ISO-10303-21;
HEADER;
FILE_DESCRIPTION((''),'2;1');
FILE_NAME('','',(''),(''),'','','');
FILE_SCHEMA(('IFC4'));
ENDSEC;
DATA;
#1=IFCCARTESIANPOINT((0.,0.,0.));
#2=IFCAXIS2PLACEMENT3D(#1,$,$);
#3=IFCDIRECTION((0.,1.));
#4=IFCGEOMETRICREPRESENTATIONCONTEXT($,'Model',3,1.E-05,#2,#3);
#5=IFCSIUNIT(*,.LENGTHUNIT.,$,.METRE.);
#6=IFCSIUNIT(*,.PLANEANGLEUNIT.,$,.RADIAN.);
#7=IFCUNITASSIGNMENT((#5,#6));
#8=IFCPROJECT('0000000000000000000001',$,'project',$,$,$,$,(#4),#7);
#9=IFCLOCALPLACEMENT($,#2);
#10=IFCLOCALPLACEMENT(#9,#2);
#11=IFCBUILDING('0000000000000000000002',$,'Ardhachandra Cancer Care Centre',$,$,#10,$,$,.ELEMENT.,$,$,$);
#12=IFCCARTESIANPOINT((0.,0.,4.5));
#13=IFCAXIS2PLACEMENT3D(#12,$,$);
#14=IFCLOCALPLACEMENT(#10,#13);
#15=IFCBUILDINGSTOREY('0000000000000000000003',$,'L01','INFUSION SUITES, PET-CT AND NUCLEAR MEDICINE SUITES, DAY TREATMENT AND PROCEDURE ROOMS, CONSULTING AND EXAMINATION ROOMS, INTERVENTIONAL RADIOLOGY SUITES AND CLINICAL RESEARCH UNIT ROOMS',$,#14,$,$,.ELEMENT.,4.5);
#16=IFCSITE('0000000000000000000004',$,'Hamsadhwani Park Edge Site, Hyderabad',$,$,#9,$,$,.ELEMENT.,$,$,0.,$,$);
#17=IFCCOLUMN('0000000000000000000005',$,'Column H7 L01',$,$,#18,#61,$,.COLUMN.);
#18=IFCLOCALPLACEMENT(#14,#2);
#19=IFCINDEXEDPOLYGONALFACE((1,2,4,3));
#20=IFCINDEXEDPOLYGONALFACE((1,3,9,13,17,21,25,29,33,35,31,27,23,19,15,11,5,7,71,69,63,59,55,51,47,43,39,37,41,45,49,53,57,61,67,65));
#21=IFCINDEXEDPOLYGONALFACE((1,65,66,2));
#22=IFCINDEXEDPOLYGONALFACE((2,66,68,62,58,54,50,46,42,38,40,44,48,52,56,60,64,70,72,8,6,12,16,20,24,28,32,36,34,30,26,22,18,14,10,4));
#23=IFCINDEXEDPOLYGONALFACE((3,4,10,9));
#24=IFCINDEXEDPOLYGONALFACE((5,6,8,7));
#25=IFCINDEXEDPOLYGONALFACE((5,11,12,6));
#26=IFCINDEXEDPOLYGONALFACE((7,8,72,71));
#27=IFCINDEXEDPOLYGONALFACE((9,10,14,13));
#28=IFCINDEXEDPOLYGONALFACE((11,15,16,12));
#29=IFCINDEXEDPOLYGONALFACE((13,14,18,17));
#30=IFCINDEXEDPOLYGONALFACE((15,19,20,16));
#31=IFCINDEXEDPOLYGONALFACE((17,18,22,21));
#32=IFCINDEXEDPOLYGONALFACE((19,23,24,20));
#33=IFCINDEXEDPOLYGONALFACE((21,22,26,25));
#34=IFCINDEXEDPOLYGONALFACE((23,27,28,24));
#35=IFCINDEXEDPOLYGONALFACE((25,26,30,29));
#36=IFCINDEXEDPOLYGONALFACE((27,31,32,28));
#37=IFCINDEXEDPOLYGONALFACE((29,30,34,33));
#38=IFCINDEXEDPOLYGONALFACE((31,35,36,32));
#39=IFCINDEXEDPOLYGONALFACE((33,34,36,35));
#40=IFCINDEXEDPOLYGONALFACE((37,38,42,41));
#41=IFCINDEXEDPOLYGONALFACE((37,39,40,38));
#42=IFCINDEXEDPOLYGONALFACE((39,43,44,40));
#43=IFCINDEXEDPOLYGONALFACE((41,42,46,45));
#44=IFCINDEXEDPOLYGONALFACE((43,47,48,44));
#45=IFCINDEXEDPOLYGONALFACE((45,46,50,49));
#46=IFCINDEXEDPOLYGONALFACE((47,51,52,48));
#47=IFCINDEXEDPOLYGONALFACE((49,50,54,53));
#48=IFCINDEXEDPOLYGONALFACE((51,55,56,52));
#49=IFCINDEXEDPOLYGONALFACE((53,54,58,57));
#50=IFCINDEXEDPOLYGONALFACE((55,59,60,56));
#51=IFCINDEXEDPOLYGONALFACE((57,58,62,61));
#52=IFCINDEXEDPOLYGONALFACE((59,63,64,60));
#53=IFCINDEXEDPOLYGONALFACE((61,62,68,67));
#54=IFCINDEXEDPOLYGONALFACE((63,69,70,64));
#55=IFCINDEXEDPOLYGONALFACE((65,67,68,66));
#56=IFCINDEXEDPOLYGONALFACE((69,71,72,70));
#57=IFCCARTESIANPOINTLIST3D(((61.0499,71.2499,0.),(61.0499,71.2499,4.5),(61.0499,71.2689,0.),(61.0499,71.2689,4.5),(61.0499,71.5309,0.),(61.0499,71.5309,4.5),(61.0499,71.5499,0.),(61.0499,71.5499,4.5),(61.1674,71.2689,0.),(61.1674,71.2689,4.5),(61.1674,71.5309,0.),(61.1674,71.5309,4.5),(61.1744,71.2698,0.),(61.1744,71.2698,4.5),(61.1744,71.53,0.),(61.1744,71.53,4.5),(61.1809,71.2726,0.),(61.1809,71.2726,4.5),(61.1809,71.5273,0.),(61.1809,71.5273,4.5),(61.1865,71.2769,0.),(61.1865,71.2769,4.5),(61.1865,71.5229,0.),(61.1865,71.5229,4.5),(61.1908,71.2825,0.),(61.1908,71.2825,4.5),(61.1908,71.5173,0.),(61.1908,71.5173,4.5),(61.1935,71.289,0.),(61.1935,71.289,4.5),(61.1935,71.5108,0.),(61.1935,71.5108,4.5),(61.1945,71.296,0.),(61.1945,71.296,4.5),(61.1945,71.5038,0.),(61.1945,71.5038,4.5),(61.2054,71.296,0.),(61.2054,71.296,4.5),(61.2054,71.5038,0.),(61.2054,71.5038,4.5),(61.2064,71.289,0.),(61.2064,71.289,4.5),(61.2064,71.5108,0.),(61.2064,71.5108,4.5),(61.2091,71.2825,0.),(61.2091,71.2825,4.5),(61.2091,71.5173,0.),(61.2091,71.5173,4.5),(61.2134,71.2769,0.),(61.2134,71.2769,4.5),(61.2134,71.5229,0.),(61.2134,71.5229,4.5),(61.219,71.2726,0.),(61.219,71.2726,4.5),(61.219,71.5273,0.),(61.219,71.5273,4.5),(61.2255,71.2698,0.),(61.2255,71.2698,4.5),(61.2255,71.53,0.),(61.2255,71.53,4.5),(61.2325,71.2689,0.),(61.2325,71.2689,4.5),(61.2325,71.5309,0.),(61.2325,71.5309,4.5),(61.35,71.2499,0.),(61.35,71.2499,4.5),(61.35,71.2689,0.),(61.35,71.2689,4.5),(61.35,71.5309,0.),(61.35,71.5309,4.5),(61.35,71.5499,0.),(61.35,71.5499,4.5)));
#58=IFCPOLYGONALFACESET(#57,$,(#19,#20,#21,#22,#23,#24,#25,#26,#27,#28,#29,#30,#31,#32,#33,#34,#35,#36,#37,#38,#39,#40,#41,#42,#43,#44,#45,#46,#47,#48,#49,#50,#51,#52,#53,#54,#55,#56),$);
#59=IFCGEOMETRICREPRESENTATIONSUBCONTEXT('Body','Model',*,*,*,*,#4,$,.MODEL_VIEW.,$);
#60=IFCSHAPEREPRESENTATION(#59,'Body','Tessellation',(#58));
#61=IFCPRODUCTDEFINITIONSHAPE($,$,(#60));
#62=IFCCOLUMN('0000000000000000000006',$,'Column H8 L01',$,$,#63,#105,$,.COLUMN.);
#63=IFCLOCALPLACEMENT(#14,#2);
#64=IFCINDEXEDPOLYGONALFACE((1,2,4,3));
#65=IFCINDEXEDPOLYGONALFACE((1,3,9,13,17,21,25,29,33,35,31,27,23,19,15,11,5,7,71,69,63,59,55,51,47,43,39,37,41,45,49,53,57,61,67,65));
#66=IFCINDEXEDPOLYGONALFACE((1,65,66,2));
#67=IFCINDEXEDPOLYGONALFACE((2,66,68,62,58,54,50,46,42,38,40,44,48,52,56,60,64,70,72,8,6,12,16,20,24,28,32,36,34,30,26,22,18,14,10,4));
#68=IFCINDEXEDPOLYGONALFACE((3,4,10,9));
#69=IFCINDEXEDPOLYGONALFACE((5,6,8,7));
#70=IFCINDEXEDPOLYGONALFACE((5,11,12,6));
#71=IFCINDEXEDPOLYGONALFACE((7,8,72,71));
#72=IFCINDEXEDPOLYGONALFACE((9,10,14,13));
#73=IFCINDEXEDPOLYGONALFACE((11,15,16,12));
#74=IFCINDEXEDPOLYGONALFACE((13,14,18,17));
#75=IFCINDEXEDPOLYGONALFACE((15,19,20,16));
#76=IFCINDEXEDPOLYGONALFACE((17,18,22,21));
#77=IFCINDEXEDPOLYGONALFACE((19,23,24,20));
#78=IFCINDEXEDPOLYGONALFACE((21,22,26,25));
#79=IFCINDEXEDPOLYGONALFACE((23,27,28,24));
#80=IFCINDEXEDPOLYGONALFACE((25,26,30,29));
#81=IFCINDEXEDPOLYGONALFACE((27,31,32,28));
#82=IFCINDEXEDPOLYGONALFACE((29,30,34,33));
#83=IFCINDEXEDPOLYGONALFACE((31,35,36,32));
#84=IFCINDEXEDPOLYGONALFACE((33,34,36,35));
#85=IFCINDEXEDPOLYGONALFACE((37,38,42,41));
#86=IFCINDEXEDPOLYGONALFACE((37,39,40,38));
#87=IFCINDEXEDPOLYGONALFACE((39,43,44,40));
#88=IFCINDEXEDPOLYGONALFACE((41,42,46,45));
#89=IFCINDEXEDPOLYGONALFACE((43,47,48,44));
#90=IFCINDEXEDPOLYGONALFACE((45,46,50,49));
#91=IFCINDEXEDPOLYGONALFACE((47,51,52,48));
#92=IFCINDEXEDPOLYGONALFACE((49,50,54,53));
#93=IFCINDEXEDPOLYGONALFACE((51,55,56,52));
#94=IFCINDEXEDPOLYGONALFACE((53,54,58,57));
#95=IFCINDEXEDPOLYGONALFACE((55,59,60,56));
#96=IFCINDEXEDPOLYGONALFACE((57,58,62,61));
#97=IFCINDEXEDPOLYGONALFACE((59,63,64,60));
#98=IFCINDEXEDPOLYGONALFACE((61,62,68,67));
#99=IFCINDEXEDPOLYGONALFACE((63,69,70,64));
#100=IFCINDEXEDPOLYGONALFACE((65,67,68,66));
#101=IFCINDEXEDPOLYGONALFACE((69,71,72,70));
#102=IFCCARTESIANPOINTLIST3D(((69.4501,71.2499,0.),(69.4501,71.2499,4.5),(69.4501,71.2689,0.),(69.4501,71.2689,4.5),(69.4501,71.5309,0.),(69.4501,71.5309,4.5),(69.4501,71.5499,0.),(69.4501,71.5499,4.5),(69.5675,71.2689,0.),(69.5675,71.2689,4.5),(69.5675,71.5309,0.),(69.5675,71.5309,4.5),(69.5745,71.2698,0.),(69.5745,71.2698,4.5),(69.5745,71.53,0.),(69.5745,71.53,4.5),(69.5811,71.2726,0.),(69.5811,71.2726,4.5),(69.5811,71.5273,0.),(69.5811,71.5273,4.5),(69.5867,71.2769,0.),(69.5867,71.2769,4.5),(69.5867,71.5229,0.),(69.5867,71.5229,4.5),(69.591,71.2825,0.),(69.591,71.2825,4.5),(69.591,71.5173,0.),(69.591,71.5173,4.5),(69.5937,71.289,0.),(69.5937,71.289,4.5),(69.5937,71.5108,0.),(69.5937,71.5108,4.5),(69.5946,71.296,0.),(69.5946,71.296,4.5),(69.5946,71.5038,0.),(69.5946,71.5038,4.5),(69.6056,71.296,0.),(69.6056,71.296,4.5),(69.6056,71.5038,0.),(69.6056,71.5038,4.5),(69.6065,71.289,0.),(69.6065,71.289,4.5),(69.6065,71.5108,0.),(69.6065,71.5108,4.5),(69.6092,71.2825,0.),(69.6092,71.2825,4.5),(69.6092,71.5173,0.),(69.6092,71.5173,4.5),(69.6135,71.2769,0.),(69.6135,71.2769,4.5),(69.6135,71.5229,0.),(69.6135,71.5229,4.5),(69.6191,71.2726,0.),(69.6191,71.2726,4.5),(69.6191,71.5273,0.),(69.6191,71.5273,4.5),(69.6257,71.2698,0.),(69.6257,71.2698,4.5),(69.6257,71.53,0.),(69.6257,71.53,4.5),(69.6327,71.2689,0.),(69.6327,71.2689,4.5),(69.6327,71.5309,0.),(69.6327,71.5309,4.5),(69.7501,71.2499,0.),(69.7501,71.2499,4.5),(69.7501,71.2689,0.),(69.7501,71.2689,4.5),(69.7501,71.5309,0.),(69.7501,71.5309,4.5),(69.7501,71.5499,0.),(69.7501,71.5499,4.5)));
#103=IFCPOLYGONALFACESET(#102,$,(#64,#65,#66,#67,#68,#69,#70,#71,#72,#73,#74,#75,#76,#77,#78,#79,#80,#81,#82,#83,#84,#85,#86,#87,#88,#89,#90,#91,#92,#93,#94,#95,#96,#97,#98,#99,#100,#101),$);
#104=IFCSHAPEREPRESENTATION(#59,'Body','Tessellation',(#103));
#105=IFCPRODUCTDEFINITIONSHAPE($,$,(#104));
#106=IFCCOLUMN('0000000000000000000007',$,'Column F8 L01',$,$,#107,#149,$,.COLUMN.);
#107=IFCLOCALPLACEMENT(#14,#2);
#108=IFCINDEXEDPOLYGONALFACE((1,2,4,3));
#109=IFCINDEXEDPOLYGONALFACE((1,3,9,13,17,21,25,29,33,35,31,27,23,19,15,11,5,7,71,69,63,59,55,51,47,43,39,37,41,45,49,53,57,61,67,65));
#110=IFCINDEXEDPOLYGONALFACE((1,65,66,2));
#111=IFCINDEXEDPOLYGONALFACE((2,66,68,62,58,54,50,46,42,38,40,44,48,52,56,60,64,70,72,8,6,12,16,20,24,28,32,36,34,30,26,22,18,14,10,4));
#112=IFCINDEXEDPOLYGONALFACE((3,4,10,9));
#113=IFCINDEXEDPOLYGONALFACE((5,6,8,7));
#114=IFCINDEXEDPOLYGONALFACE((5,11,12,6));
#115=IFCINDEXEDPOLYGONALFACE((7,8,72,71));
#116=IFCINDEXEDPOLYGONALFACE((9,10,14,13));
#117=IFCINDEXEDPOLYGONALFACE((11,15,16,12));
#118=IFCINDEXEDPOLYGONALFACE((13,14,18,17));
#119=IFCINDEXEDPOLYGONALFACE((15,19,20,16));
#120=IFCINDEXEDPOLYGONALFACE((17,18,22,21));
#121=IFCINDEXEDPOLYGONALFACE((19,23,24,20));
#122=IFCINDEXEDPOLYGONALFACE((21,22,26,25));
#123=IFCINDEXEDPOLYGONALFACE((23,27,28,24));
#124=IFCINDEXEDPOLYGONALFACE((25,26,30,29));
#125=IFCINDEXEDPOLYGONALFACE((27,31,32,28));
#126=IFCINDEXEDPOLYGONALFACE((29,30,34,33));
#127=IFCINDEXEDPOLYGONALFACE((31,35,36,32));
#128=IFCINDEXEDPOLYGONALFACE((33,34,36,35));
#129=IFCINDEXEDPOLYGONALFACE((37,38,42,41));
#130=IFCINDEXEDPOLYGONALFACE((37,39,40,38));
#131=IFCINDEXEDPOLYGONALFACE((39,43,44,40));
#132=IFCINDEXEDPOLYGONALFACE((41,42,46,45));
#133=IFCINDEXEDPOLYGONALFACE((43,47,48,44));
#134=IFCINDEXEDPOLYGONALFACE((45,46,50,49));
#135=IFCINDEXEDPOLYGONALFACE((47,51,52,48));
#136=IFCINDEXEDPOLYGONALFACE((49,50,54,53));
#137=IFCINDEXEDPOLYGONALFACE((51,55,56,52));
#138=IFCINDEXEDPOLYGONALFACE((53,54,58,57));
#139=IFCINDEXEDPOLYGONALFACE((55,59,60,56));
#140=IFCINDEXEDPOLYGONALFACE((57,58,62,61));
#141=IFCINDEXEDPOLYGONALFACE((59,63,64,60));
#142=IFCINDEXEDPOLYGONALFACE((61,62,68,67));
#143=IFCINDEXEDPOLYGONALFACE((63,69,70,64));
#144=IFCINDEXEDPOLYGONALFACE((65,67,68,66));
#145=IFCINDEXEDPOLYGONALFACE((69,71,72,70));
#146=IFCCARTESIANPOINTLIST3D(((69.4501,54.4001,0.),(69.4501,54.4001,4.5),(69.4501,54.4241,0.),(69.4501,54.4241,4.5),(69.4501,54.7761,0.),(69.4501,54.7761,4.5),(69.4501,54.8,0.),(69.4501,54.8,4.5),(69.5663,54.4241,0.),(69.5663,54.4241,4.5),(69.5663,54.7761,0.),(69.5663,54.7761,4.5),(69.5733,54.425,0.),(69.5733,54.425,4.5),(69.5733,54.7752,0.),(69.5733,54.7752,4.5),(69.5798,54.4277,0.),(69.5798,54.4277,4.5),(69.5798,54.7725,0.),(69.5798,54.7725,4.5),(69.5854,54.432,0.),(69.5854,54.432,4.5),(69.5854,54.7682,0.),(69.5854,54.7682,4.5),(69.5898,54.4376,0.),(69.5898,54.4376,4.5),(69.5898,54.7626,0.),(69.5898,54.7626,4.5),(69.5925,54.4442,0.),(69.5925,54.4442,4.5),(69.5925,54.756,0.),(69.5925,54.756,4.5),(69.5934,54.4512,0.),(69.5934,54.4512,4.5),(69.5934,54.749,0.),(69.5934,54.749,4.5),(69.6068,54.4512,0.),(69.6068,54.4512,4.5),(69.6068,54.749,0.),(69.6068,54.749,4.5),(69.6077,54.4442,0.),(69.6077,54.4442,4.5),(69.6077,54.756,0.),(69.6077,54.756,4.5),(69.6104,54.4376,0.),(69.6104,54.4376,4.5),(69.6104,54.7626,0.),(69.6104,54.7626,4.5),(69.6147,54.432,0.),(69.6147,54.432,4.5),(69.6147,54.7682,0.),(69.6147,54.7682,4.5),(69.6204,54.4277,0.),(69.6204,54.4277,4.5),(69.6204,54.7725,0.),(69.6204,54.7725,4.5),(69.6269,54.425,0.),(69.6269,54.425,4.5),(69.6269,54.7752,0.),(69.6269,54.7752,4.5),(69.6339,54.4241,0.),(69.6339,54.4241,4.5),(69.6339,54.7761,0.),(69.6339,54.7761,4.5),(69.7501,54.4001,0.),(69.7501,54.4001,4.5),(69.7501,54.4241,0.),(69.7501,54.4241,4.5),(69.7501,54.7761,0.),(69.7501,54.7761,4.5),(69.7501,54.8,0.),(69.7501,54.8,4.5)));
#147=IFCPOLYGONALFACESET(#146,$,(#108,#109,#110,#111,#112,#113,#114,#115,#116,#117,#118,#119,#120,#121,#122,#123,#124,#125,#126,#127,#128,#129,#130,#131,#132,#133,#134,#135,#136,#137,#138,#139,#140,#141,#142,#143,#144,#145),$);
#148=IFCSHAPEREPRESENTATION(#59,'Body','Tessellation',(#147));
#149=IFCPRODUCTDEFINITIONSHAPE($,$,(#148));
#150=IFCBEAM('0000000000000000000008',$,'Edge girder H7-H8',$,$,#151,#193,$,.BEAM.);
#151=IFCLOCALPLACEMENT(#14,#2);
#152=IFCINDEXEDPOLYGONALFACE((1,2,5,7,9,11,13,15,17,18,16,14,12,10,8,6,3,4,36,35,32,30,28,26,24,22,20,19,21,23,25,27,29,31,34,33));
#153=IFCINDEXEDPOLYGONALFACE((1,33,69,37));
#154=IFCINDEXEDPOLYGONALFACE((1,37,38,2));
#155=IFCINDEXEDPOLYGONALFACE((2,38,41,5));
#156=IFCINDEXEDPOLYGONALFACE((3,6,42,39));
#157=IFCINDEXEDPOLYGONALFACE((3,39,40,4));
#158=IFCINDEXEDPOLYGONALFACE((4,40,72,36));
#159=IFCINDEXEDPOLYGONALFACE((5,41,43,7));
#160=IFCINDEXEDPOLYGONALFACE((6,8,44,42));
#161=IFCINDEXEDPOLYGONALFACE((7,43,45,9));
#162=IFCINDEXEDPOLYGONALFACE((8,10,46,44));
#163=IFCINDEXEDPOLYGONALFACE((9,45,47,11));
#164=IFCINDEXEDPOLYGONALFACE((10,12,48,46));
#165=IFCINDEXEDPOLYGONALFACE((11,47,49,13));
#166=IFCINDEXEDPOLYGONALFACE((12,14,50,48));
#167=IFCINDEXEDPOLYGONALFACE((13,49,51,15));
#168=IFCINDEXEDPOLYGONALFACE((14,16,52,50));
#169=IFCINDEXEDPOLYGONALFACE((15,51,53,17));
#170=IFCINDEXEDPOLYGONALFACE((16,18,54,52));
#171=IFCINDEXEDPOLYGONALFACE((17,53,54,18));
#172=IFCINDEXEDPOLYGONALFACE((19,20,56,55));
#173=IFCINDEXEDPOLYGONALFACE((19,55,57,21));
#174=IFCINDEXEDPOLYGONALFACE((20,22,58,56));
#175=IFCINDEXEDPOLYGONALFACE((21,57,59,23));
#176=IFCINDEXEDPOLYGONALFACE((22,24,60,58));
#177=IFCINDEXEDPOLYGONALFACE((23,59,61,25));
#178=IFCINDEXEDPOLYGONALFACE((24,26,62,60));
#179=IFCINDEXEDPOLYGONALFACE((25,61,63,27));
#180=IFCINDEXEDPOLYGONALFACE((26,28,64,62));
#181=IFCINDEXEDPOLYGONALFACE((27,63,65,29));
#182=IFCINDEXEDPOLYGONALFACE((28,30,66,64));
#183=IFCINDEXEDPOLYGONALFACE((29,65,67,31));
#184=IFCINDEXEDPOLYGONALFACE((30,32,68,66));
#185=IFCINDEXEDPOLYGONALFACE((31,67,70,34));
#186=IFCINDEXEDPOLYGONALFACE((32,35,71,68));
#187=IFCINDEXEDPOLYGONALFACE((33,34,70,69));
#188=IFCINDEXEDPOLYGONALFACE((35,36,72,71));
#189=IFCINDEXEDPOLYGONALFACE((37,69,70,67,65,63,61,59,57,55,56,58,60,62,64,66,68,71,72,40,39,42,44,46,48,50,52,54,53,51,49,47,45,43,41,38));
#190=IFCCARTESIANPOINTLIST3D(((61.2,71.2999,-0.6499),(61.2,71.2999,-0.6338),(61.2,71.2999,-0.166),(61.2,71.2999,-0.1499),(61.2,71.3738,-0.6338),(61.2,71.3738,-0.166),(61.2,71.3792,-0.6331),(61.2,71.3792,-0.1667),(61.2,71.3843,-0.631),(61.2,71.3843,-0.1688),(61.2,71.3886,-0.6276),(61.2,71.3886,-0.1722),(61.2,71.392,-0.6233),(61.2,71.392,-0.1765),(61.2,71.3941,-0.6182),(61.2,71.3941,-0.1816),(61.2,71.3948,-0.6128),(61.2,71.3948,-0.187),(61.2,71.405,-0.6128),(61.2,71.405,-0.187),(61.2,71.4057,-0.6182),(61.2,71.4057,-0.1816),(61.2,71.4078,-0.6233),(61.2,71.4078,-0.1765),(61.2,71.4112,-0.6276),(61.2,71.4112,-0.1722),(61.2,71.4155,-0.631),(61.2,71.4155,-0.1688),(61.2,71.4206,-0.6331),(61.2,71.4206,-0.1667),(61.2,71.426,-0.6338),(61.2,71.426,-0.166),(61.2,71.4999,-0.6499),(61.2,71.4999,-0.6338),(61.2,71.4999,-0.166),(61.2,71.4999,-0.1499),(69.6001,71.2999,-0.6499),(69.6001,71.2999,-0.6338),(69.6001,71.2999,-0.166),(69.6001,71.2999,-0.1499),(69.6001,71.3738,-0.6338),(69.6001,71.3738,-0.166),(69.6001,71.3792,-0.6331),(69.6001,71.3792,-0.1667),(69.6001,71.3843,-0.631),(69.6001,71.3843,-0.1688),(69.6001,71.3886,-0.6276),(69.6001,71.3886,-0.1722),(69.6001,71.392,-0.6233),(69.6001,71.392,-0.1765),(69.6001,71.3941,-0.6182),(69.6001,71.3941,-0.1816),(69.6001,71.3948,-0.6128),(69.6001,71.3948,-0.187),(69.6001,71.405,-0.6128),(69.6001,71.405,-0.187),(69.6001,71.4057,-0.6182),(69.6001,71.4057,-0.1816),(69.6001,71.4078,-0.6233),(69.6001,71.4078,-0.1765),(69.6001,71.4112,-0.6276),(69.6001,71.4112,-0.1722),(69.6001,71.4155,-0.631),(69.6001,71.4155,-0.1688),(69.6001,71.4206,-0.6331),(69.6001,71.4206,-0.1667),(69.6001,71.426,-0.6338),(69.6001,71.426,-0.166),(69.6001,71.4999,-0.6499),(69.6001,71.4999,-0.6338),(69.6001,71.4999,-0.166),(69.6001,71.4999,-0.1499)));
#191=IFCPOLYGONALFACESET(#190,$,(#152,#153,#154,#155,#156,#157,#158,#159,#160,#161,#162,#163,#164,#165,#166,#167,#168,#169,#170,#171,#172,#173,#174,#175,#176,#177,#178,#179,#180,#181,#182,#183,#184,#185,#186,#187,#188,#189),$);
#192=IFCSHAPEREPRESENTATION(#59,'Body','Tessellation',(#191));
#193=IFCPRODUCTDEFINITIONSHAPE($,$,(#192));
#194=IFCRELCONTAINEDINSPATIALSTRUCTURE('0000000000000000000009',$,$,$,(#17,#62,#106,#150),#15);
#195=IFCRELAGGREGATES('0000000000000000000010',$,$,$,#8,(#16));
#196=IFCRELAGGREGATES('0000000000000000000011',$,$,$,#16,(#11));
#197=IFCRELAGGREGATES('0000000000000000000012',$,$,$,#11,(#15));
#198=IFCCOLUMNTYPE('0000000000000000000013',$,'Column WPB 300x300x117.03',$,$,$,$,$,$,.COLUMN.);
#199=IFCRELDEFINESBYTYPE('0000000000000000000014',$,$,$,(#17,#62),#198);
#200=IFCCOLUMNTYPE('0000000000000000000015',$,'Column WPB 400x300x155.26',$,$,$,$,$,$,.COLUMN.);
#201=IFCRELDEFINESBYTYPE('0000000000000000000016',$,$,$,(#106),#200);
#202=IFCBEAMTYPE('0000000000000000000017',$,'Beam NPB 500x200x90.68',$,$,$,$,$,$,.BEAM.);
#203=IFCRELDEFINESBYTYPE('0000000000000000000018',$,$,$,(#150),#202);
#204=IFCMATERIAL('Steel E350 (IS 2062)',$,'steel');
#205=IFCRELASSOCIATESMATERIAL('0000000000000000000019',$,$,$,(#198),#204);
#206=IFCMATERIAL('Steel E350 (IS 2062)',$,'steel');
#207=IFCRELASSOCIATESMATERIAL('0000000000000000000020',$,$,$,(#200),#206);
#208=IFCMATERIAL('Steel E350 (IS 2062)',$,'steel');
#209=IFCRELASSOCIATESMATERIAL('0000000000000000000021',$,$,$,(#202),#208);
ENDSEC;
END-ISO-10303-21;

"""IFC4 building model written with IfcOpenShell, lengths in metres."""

from ifc_helpers import new_model, si_unit, direction, frame, origin, origin_2d, place, context, subcontext, project, spatial, i_section, extrude, material, material_profile, profile_set, type_object, element, save


model = new_model("IFC4")

# Units and contexts
model_context = context("Model", 3, precision=1e-05, world=origin(), true_north=direction((0.0, 1.0)))
body_context = subcontext(model_context, "Body", "Model", "MODEL_VIEW")
ifc_project = project(units=[si_unit("LENGTHUNIT", "METRE"), si_unit("PLANEANGLEUNIT", "RADIAN")], contexts=[model_context])

# Site, building, storey
site_placement = place(None, origin())
site = spatial("IfcSite", under=ifc_project, at=site_placement, Name="Hamsadhwani Park Edge Site, Hyderabad", CompositionType="ELEMENT", RefElevation=0.0)
building_placement = place(site_placement, origin())
building = spatial("IfcBuilding", under=site, at=building_placement, Name="Ardhachandra Cancer Care Centre", CompositionType="ELEMENT")
storey_placement = place(building_placement, frame((0.0, 0.0, 4.5)))
storey = spatial("IfcBuildingStorey", under=building, at=storey_placement, Name="L01", Description="INFUSION SUITES, PET-CT AND NUCLEAR MEDICINE SUITES, DAY TREATMENT AND PROCEDURE ROOMS, CONSULTING AND EXAMINATION ROOMS, INTERVENTIONAL RADIOLOGY SUITES AND CLINICAL RESEARCH UNIT ROOMS", CompositionType="ELEMENT", Elevation=4.5)

# Columns
ifc_material_1 = material(Name="Steel E350 (IS 2062)", Category="steel")
ifc_material_profile_1 = material_profile(ifc_material_1, i_section(OverallWidth=0.3, OverallDepth=0.3, WebThickness=0.011, FlangeThickness=0.019, FilletRadius=0.0271, at=origin_2d()), Name="WPB 300x300x117.03")
ifc_profile_set_1 = profile_set([ifc_material_profile_1], Name="Steel E350 (IS 2062)")
column_type_1 = type_object("IfcColumnType", Name="Column WPB 300x300x117.03", PredefinedType="COLUMN", material=ifc_profile_set_1)
for number, where, z_axis, x_axis, name in (
    (1, (61.2, 71.3999, 0.0), (0.0, 0.0, 1.0), (1.0, 0.0, 0.0), "Column H7 L01"),
    (2, (69.6001, 71.3999, 0.0), (0.0, 0.0, 1.0), (1.0, 0.0, 0.0), "Column H8 L01"),
):
    element("IfcColumn", number, at=place(storey_placement, frame(where, z_axis=z_axis, x_axis=x_axis)), inside=storey, type_object=column_type_1, Name=name, PredefinedType="COLUMN", context=body_context, shape_type="SweptSolid", body=[
        extrude(i_section(OverallWidth=0.3, OverallDepth=0.3, WebThickness=0.011, FlangeThickness=0.019, FilletRadius=0.0271, at=origin_2d()), origin(), (0.0, 0.0, 1.0), 4.5),
    ])
ifc_material_2 = material(Name="Steel E350 (IS 2062)", Category="steel")
ifc_material_profile_2 = material_profile(ifc_material_2, i_section(OverallWidth=0.3, OverallDepth=0.3999, WebThickness=0.0134, FlangeThickness=0.0239, FilletRadius=0.0271, at=origin_2d()), Name="WPB 400x300x155.26")
ifc_profile_set_2 = profile_set([ifc_material_profile_2], Name="Steel E350 (IS 2062)")
column_type_2 = type_object("IfcColumnType", Name="Column WPB 400x300x155.26", PredefinedType="COLUMN", material=ifc_profile_set_2)
column_placement = place(storey_placement, frame((69.6001, 54.6001, 0.0), z_axis=(0.0, 0.0, 1.0), x_axis=(1.0, 0.0, 0.0)))
element("IfcColumn", 3, at=column_placement, inside=storey, type_object=column_type_2, Name="Column F8 L01", PredefinedType="COLUMN", context=body_context, shape_type="SweptSolid", body=[
    extrude(i_section(OverallWidth=0.3, OverallDepth=0.3999, WebThickness=0.0134, FlangeThickness=0.0239, FilletRadius=0.0271, at=origin_2d()), origin(), (0.0, 0.0, 1.0), 4.5),
])

# Beam
ifc_material_3 = material(Name="Steel E350 (IS 2062)", Category="steel")
ifc_material_profile_3 = material_profile(ifc_material_3, i_section(OverallWidth=0.2, OverallDepth=0.5, WebThickness=0.0103, FlangeThickness=0.0161, FilletRadius=0.021, at=origin_2d()), Name="NPB 500x200x90.68")
ifc_profile_set_3 = profile_set([ifc_material_profile_3], Name="Steel E350 (IS 2062)")
beam_type_1 = type_object("IfcBeamType", Name="Beam NPB 500x200x90.68", PredefinedType="BEAM", material=ifc_profile_set_3)
beam_1_placement = place(storey_placement, frame((61.2, 71.3999, -0.3999), z_axis=(1.0, 0.0, 0.0), x_axis=(0.0, 1.0, 0.0)))
element("IfcBeam", 4, at=beam_1_placement, inside=storey, type_object=beam_type_1, Name="Edge girder H7-H8", PredefinedType="BEAM", context=body_context, shape_type="SweptSolid", body=[
    extrude(i_section(OverallWidth=0.2, OverallDepth=0.5, WebThickness=0.0103, FlangeThickness=0.0161, FilletRadius=0.021, at=origin_2d()), origin(), (0.0, 0.0, 1.0), 8.4001),
])

save(model, "model.ifc")
